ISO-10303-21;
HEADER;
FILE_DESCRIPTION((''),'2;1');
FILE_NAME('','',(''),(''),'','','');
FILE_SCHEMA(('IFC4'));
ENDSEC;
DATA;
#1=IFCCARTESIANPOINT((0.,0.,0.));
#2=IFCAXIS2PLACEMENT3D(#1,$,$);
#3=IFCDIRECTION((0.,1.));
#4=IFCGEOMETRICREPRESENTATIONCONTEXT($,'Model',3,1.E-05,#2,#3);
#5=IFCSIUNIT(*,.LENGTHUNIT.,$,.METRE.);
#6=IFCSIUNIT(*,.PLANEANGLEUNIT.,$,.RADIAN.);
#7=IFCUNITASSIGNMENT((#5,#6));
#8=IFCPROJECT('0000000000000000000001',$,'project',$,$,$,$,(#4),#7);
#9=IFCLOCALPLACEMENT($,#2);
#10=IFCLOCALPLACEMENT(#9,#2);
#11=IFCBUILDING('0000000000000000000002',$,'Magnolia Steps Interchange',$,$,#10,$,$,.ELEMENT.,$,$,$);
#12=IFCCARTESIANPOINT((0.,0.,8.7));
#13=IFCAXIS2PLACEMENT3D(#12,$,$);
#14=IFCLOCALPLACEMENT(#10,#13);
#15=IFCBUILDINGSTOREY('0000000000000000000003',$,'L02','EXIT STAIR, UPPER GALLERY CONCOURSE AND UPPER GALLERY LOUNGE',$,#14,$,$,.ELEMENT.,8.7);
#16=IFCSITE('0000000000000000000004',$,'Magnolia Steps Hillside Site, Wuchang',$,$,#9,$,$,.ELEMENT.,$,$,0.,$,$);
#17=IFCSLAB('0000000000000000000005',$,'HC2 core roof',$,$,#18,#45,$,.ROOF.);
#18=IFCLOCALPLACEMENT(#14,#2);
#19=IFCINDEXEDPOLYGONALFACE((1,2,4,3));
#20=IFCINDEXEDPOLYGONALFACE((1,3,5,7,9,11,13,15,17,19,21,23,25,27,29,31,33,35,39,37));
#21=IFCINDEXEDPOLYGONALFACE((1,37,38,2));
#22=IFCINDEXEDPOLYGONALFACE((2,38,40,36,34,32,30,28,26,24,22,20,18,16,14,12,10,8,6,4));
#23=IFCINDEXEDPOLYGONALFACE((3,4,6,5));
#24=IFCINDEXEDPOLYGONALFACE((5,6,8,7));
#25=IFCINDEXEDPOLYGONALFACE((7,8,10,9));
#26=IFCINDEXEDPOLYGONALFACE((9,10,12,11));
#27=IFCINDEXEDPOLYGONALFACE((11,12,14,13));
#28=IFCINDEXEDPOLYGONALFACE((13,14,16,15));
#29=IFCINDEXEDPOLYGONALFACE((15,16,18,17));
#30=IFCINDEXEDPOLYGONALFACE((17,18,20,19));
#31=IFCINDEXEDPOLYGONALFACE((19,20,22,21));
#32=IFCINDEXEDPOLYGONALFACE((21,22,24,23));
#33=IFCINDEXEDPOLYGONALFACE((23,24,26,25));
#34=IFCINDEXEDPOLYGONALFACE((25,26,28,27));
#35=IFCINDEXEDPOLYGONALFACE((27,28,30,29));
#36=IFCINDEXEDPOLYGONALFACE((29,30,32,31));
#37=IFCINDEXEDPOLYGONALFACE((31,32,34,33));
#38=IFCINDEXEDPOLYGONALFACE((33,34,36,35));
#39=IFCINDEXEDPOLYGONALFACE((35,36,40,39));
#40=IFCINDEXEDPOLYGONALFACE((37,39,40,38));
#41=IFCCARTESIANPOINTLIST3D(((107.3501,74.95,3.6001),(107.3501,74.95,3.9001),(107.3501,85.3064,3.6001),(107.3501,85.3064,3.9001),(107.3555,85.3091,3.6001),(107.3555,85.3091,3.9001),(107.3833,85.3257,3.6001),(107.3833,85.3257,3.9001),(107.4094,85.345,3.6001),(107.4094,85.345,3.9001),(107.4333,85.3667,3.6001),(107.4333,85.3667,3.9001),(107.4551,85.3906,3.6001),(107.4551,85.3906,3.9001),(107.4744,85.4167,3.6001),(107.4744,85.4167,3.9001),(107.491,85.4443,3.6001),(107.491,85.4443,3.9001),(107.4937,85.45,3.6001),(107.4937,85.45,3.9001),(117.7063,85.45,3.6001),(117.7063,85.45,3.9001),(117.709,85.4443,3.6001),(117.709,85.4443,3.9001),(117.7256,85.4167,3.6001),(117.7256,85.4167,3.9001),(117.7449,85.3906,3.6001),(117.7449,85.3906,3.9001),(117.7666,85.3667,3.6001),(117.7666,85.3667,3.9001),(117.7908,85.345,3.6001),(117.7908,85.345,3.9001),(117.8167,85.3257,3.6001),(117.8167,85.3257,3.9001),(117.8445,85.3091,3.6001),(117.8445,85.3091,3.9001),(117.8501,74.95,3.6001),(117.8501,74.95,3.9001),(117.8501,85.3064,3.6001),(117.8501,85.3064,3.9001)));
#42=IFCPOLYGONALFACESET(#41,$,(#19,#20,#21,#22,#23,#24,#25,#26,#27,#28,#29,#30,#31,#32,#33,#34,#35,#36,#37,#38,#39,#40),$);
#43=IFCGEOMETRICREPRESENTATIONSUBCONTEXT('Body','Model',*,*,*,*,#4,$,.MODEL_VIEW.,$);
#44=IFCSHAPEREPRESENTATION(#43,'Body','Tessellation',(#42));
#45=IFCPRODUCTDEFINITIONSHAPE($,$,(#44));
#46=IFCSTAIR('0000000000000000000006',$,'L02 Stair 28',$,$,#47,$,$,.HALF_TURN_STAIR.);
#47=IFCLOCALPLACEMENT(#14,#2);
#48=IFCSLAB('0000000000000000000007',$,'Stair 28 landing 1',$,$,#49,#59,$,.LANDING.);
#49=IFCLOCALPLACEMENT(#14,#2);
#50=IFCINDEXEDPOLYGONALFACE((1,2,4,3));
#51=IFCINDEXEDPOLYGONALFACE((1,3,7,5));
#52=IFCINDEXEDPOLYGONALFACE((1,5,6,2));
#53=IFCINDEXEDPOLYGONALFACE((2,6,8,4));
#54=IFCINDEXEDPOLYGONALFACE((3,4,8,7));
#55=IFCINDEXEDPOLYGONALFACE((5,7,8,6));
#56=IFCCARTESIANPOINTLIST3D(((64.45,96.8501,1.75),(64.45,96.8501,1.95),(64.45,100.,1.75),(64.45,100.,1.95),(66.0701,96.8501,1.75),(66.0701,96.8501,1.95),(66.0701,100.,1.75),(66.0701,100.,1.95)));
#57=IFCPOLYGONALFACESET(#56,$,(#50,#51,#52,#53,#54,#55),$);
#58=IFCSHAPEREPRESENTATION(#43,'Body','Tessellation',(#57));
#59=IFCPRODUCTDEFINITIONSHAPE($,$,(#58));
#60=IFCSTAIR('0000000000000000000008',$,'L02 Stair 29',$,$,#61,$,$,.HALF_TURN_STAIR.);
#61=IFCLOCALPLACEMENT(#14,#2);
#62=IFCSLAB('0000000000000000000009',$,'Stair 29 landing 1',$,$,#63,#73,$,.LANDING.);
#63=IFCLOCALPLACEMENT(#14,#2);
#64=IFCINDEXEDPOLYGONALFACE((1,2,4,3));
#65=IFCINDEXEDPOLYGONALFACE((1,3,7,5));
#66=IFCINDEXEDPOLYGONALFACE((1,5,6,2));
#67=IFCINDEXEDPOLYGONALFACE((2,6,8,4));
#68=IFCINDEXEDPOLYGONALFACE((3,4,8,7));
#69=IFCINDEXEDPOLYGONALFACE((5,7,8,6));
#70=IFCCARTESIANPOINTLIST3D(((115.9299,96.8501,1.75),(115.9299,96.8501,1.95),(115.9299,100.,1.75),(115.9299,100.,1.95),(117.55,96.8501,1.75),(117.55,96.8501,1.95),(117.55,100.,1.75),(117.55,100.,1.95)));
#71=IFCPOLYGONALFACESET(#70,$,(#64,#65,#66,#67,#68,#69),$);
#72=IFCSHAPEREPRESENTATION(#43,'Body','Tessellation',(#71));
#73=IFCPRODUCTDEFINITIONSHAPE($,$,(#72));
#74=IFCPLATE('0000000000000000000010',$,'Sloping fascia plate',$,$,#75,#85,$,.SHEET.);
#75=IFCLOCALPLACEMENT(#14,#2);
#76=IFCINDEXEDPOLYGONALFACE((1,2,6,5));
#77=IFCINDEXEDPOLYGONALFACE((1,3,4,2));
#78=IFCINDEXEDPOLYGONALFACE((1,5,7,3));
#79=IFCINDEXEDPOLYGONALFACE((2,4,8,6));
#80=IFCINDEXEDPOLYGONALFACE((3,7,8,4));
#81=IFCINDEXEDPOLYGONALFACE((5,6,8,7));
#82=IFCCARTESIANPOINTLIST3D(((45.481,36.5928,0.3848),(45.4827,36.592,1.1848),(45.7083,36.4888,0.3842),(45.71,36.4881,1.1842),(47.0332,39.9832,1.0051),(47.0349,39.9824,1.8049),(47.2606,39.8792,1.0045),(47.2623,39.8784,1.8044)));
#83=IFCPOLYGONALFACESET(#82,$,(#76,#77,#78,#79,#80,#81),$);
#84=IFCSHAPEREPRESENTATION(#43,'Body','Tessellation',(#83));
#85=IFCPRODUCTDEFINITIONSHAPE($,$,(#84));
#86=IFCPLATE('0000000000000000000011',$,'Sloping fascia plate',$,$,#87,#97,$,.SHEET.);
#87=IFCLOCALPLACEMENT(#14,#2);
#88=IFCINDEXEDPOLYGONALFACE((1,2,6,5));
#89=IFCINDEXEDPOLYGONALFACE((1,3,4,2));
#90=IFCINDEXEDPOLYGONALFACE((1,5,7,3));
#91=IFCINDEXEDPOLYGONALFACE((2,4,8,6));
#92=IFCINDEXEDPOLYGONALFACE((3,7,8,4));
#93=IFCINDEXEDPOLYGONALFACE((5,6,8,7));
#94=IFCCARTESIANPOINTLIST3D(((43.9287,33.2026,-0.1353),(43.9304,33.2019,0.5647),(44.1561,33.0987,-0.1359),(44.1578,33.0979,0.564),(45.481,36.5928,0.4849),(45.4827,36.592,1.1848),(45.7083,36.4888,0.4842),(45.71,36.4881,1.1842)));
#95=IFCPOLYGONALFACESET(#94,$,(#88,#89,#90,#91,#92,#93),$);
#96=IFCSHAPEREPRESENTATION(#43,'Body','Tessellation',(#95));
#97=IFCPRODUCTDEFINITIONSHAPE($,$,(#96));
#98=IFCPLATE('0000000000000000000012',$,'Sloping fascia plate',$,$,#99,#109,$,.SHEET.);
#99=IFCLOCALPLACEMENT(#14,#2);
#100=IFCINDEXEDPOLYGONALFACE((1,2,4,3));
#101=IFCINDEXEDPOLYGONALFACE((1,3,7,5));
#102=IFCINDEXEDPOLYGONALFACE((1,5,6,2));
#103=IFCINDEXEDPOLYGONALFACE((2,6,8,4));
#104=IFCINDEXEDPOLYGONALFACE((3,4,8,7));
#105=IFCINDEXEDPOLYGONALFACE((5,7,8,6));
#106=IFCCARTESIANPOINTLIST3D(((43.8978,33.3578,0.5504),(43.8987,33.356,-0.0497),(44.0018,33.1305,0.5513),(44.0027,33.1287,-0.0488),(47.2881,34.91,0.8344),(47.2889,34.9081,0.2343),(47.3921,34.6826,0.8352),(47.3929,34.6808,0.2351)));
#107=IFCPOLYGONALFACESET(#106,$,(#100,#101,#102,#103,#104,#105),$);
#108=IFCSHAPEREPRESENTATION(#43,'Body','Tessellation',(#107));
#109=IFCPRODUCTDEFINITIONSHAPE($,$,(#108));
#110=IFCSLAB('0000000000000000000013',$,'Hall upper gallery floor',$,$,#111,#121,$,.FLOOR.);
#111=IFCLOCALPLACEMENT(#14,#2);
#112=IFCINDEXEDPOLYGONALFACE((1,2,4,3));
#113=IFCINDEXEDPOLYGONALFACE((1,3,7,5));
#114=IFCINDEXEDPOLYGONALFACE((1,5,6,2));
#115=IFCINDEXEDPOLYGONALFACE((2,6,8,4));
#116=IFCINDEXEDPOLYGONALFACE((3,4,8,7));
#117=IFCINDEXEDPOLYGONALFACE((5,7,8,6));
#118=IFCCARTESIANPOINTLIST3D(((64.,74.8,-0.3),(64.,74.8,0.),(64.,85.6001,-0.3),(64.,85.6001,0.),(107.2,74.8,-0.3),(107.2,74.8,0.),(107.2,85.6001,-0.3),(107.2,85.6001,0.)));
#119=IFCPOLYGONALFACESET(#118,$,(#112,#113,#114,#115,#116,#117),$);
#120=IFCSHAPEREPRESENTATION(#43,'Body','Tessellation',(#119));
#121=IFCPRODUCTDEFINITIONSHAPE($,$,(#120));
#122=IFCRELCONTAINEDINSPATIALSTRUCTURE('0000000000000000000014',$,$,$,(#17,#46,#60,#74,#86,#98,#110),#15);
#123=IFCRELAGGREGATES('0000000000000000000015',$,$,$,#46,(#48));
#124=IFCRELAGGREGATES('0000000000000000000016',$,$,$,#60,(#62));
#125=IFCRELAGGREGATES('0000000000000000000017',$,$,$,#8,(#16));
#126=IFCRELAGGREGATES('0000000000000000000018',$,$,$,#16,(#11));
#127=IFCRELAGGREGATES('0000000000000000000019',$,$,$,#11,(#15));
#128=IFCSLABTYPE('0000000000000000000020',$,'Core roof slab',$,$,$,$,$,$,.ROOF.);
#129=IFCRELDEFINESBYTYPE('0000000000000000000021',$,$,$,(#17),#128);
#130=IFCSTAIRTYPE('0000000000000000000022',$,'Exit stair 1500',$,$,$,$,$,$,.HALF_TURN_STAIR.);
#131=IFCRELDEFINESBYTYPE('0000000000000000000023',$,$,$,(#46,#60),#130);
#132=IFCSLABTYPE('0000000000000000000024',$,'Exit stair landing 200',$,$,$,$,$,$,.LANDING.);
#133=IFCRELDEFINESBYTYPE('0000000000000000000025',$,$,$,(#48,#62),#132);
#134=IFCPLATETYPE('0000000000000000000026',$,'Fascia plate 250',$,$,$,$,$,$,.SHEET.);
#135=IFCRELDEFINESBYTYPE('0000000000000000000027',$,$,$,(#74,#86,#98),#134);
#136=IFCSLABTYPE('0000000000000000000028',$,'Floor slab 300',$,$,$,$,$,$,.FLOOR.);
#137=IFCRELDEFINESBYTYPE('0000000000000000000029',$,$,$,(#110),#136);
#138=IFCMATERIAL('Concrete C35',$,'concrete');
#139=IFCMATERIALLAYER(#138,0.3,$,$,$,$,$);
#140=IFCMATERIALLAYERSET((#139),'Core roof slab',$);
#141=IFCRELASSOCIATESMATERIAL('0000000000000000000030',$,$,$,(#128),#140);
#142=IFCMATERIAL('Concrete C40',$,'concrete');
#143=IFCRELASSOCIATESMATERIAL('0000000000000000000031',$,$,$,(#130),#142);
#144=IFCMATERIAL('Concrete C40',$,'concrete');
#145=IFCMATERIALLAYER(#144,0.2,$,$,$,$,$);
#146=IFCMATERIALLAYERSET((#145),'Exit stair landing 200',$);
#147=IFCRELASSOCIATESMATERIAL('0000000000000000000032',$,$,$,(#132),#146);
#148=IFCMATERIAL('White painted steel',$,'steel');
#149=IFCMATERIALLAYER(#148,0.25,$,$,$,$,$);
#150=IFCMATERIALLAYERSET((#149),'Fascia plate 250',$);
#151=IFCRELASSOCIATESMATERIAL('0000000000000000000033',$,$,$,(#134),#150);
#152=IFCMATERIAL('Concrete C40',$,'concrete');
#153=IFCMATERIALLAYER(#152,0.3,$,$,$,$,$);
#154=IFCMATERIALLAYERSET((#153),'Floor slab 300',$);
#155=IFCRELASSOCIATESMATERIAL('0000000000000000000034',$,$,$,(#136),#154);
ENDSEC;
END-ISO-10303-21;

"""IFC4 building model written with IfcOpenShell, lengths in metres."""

from ifc_helpers import new_model, si_unit, direction, frame, origin, place, context, subcontext, project, spatial, polyline, outline, extrude, material, layer, layer_set, type_object, element, aggregate, save


model = new_model("IFC4")

# Units and contexts
model_context = context("Model", 3, precision=1e-05, world=origin(), true_north=direction((0.0, 1.0)))
body_context = subcontext(model_context, "Body", "Model", "MODEL_VIEW")
ifc_project = project(units=[si_unit("LENGTHUNIT", "METRE"), si_unit("PLANEANGLEUNIT", "RADIAN")], contexts=[model_context])

# Site, building, storey
site_placement = place(None, origin())
site = spatial("IfcSite", under=ifc_project, at=site_placement, Name="Magnolia Steps Hillside Site, Wuchang", CompositionType="ELEMENT", RefElevation=0.0)
building_placement = place(site_placement, origin())
building = spatial("IfcBuilding", under=site, at=building_placement, Name="Magnolia Steps Interchange", CompositionType="ELEMENT")
storey_placement = place(building_placement, frame((0.0, 0.0, 8.7)))
storey = spatial("IfcBuildingStorey", under=building, at=storey_placement, Name="L02", Description="EXIT STAIR, UPPER GALLERY CONCOURSE AND UPPER GALLERY LOUNGE", CompositionType="ELEMENT", Elevation=8.7)

# Slab
ifc_material_1 = material(Name="Concrete C35", Category="concrete")
ifc_layer_1 = layer(ifc_material_1, 0.3)
ifc_layer_set_1 = layer_set([ifc_layer_1], Name="Core roof slab")
slab_type_1 = type_object("IfcSlabType", Name="Core roof slab", PredefinedType="ROOF", material=ifc_layer_set_1)
slab_1_placement = place(storey_placement, frame((0.0, 0.0, 3.6001)))
element("IfcSlab", 1, at=slab_1_placement, inside=storey, type_object=slab_type_1, Name="HC2 core roof", PredefinedType="ROOF", context=body_context, shape_type="SweptSolid", body=[
    extrude(outline(polyline([(107.3501, 74.95), (107.3501, 85.3064), (107.3555, 85.3091), (107.3833, 85.3257), (107.4094, 85.345), (107.4333, 85.3667), (107.4551, 85.3906), (107.4744, 85.4167), (107.491, 85.4443), (107.4937, 85.45), (117.7063, 85.45), (117.709, 85.4443), (117.7256, 85.4167), (117.7449, 85.3906), (117.7666, 85.3667), (117.7908, 85.345), (117.8167, 85.3257), (117.8445, 85.3091), (117.8501, 85.3064), (117.8501, 74.95), (107.3501, 74.95)])), origin(), (0.0, 0.0, 1.0), 0.3),
])

# Stairs, slabs
ifc_material_2 = material(Name="Concrete C40", Category="concrete")
stair_type = type_object("IfcStairType", Name="Exit stair 1500", PredefinedType="HALF_TURN_STAIR", material=ifc_material_2)
stair_1_placement = place(storey_placement, origin())
stair_1 = element("IfcStair", 2, at=stair_1_placement, inside=storey, type_object=stair_type, Name="L02 Stair 28", PredefinedType="HALF_TURN_STAIR")
ifc_material_3 = material(Name="Concrete C40", Category="concrete")
ifc_layer_2 = layer(ifc_material_3, 0.2)
ifc_layer_set_2 = layer_set([ifc_layer_2], Name="Exit stair landing 200")
slab_type_2 = type_object("IfcSlabType", Name="Exit stair landing 200", PredefinedType="LANDING", material=ifc_layer_set_2)
slab_2_placement = place(storey_placement, frame((0.0, 0.0, 1.75)))
slab_2 = element("IfcSlab", 3, at=slab_2_placement, type_object=slab_type_2, Name="Stair 28 landing 1", PredefinedType="LANDING", context=body_context, shape_type="SweptSolid", body=[
    extrude(outline(polyline([(66.0701, 100.0), (64.45, 100.0), (64.45, 96.8501), (66.0701, 96.8501), (66.0701, 100.0)])), origin(), (0.0, 0.0, 1.0), 0.2),
])
aggregate(stair_1, [slab_2])
stair_2_placement = place(storey_placement, origin())
stair_2 = element("IfcStair", 4, at=stair_2_placement, inside=storey, type_object=stair_type, Name="L02 Stair 29", PredefinedType="HALF_TURN_STAIR")
slab_3_placement = place(storey_placement, frame((0.0, 0.0, 1.75)))
slab_3 = element("IfcSlab", 5, at=slab_3_placement, type_object=slab_type_2, Name="Stair 29 landing 1", PredefinedType="LANDING", context=body_context, shape_type="SweptSolid", body=[
    extrude(outline(polyline([(115.9299, 96.8501), (117.55, 96.8501), (117.55, 100.0), (115.9299, 100.0), (115.9299, 96.8501)])), origin(), (0.0, 0.0, 1.0), 0.2),
])
aggregate(stair_2, [slab_3])

# Plates
ifc_material_4 = material(Name="White painted steel", Category="steel")
ifc_layer_3 = layer(ifc_material_4, 0.25)
ifc_layer_set_3 = layer_set([ifc_layer_3], Name="Fascia plate 250")
plate_type = type_object("IfcPlateType", Name="Fascia plate 250", PredefinedType="SHEET", material=ifc_layer_set_3)
plate_1_placement = place(storey_placement, frame((47.0332, 39.9832, 1.0051), z_axis=(-0.909394, 0.41593, 0.002324), x_axis=(-0.410639, -0.896907, -0.164113)))
element("IfcPlate", 6, at=plate_1_placement, inside=storey, type_object=plate_type, Name="Sloping fascia plate", PredefinedType="SHEET", context=body_context, shape_type="SweptSolid", body=[
    extrude(outline(polyline([(0.0, 0.0), (3.7801, 0.0), (3.6487, 0.7892), (-0.1313, 0.789), (0.0, 0.0)])), origin(), (0.0, 0.0, -1.0), 0.25),
])
plate_2_placement = place(storey_placement, frame((45.481, 36.5928, 0.4849), z_axis=(-0.909404, 0.415904, 0.002656), x_axis=(-0.410667, -0.896904, -0.16406)))
element("IfcPlate", 7, at=plate_2_placement, inside=storey, type_object=plate_type, Name="Sloping fascia plate", PredefinedType="SHEET", context=body_context, shape_type="SweptSolid", body=[
    extrude(outline(polyline([(0.0, 0.0), (3.7798, 0.0), (3.6649, 0.6905), (-0.1149, 0.6905), (0.0, 0.0)])), origin(), (0.0, 0.0, -1.0), 0.25),
])
plate_3_placement = place(storey_placement, frame((44.0027, 33.1287, -0.0488), z_axis=(0.416033, -0.909344, 0.003367), x_axis=(0.906617, 0.415066, 0.075931)))
element("IfcPlate", 8, at=plate_3_placement, inside=storey, type_object=plate_type, Name="Sloping fascia plate", PredefinedType="SHEET", context=body_context, shape_type="SweptSolid", body=[
    extrude(outline(polyline([(0.0, 0.0), (3.7394, 0.0), (3.785, 0.5984), (0.0455, 0.5984), (0.0, 0.0)])), origin(), (0.0, 0.0, -1.0), 0.25),
])

# Slab
ifc_material_5 = material(Name="Concrete C40", Category="concrete")
ifc_layer_4 = layer(ifc_material_5, 0.3)
ifc_layer_set_4 = layer_set([ifc_layer_4], Name="Floor slab 300")
slab_type_3 = type_object("IfcSlabType", Name="Floor slab 300", PredefinedType="FLOOR", material=ifc_layer_set_4)
slab_4_placement = place(storey_placement, frame((0.0, 0.0, -0.3)))
element("IfcSlab", 9, at=slab_4_placement, inside=storey, type_object=slab_type_3, Name="Hall upper gallery floor", PredefinedType="FLOOR", context=body_context, shape_type="SweptSolid", body=[
    extrude(outline(polyline([(107.2, 74.8), (107.2, 85.6001), (64.0, 85.6001), (64.0, 74.8), (107.2, 74.8)])), origin(), (0.0, 0.0, 1.0), 0.3),
])

save(model, "model.ifc")
